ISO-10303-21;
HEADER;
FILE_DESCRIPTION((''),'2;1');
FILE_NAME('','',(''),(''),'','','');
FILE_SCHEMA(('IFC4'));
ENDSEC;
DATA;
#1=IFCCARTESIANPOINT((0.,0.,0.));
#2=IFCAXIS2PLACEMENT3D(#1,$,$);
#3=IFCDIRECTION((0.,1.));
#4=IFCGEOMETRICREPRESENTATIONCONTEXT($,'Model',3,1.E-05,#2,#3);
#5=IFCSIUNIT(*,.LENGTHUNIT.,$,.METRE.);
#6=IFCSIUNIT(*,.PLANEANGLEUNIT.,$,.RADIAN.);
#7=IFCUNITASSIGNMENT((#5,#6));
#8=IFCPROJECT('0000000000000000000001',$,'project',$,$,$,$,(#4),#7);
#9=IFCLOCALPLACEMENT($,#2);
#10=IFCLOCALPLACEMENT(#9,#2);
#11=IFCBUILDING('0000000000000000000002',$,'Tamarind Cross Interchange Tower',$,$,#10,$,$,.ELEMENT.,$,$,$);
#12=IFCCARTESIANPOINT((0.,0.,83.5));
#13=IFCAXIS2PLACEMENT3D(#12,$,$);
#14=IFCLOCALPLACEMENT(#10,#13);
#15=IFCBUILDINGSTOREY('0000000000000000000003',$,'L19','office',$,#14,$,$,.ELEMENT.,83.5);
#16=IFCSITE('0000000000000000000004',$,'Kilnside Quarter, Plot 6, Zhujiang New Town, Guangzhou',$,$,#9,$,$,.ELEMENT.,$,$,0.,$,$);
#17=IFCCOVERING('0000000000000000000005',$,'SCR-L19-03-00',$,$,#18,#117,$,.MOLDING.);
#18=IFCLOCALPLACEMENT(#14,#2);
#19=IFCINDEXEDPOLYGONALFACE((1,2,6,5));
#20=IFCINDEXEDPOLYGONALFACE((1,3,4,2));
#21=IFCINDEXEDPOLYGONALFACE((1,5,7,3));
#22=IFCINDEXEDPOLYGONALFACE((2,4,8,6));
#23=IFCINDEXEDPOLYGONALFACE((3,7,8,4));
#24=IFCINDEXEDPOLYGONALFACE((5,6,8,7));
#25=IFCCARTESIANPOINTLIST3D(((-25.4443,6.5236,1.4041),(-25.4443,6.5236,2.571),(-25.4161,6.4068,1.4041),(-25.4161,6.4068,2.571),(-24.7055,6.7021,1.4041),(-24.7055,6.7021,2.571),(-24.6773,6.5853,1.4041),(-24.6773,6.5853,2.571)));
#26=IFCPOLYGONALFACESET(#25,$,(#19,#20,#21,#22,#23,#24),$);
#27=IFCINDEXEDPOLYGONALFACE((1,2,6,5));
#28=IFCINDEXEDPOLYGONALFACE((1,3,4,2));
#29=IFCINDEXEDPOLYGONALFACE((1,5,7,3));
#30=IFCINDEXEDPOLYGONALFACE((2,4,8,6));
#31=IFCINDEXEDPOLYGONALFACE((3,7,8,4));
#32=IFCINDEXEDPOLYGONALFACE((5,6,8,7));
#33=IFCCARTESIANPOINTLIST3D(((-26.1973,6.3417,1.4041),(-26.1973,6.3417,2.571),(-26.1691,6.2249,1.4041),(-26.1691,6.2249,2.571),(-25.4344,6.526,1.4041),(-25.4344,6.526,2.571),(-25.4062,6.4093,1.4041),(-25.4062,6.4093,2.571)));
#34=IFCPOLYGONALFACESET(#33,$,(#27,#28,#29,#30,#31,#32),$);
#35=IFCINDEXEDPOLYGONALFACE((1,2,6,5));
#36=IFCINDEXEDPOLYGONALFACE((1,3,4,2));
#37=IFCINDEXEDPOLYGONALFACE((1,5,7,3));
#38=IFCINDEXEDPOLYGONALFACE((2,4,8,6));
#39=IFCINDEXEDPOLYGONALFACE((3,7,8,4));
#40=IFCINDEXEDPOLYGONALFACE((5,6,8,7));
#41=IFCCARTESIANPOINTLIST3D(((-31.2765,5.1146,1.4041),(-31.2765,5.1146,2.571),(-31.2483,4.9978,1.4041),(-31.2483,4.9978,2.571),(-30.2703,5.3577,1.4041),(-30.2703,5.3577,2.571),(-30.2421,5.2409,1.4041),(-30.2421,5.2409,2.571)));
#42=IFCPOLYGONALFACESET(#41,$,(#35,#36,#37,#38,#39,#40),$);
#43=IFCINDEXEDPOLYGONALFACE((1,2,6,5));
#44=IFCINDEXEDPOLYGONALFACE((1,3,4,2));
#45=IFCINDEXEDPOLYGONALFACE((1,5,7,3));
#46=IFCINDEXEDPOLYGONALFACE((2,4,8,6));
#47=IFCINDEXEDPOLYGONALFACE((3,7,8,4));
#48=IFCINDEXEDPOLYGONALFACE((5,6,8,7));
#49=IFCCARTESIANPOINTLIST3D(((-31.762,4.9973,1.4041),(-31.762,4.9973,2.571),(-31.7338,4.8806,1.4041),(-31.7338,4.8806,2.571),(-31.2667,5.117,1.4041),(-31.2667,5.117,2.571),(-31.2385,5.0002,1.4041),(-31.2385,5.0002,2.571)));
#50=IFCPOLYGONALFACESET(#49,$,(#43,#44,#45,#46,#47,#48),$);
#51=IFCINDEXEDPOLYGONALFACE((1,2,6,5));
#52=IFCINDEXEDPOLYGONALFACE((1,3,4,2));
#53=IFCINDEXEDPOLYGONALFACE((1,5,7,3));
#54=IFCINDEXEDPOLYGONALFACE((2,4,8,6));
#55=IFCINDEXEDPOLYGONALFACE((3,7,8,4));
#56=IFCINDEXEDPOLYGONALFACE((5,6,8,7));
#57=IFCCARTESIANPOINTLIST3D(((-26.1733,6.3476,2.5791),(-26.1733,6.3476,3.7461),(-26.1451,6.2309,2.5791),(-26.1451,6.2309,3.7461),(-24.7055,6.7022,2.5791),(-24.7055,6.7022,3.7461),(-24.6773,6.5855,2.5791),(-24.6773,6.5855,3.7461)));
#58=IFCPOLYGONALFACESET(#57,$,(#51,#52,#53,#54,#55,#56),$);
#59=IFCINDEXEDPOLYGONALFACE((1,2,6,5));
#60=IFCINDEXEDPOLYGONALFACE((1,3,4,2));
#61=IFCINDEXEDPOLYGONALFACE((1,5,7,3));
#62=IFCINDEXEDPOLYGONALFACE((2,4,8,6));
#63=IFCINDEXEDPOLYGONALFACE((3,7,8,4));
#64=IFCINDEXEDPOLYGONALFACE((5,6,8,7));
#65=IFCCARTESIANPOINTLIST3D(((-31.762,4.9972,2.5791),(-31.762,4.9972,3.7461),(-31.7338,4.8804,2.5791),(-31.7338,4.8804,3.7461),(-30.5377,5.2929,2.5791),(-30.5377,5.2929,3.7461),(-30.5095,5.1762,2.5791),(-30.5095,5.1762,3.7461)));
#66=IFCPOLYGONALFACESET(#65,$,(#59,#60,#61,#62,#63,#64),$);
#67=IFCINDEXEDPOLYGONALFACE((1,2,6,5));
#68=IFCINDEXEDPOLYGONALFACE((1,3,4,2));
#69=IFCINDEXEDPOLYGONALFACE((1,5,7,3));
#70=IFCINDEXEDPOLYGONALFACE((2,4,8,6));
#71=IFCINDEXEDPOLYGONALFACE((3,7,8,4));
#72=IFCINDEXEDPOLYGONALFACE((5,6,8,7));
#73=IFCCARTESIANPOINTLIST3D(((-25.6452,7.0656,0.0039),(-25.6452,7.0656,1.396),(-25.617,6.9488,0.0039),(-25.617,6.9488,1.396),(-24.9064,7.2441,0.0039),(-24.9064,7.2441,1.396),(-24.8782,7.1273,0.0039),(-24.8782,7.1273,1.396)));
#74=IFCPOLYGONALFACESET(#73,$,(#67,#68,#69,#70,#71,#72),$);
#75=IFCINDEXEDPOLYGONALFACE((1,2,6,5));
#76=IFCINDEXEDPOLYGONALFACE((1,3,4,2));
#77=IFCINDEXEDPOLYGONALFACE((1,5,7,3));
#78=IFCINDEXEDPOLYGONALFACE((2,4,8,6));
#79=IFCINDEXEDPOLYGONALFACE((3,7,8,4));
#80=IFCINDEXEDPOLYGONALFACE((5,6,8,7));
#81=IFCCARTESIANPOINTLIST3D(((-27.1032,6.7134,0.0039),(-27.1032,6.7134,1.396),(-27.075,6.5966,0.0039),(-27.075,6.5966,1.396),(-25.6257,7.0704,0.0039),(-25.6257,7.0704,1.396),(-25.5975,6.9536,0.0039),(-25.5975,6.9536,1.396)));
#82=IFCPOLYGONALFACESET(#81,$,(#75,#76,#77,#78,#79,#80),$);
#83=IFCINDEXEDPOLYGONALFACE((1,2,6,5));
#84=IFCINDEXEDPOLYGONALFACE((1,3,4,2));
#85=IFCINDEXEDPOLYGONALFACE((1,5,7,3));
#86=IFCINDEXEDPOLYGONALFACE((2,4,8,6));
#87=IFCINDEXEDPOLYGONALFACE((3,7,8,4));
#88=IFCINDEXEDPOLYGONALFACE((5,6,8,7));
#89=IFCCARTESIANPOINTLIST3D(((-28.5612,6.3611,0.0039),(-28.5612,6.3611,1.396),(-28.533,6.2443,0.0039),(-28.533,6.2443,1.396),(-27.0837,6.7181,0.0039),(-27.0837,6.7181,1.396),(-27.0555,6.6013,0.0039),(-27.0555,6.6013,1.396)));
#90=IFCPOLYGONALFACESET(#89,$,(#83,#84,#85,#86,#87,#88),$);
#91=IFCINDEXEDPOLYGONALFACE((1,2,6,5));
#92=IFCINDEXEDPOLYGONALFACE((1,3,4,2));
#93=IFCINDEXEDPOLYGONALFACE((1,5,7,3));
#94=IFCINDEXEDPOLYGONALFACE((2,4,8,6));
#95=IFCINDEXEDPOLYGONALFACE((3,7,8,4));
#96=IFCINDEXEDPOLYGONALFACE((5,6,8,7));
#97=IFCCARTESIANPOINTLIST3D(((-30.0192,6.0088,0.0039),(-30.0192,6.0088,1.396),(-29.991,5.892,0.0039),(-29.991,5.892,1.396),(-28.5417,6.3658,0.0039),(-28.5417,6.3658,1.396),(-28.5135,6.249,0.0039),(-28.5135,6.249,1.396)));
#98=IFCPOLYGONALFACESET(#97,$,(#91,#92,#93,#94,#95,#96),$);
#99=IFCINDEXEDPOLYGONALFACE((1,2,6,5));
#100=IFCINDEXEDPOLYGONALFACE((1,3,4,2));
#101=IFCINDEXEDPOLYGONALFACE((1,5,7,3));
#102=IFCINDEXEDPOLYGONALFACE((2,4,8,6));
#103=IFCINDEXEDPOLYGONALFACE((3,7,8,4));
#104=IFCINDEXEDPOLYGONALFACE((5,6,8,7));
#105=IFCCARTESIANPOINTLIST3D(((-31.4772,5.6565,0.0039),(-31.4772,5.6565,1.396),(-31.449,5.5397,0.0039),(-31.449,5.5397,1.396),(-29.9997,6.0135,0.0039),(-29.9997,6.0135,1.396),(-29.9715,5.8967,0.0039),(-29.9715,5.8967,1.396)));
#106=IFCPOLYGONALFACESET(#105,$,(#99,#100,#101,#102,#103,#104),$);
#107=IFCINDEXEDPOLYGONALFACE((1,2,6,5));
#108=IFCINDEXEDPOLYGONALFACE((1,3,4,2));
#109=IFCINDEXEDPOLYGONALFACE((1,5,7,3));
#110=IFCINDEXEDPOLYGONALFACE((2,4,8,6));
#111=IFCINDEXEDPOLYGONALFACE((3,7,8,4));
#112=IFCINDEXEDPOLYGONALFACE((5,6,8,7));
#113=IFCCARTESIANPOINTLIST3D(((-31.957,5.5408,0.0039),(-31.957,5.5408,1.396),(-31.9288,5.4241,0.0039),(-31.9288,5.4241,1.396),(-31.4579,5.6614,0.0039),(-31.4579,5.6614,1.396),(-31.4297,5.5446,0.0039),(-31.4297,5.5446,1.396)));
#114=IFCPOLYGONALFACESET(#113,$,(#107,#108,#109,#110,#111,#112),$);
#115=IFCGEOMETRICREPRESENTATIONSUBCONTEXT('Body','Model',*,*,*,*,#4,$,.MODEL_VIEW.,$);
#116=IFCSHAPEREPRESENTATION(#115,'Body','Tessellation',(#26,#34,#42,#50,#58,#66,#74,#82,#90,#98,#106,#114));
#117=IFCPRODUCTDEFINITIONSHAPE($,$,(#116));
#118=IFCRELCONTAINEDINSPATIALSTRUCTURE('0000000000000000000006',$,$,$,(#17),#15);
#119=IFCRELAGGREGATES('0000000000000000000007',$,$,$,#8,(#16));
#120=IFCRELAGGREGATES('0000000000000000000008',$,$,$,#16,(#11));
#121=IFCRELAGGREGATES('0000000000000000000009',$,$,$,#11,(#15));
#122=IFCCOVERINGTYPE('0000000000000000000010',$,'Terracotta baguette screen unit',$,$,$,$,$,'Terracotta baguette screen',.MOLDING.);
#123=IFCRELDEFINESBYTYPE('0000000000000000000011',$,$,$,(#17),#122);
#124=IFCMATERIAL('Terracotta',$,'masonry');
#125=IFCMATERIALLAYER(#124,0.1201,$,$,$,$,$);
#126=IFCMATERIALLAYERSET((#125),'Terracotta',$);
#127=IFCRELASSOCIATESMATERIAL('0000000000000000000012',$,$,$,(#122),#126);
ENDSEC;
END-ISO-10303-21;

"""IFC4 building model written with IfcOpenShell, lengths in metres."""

from ifc_helpers import new_model, si_unit, direction, frame, origin, origin_2d, place, context, subcontext, project, spatial, rectangle, extrude, material, layer, layer_set, type_object, element, save


model = new_model("IFC4")

# Units and contexts
model_context = context("Model", 3, precision=1e-05, world=origin(), true_north=direction((0.0, 1.0)))
body_context = subcontext(model_context, "Body", "Model", "MODEL_VIEW")
ifc_project = project(units=[si_unit("LENGTHUNIT", "METRE"), si_unit("PLANEANGLEUNIT", "RADIAN")], contexts=[model_context])

# Site, building, storey
site_placement = place(None, origin())
site = spatial("IfcSite", under=ifc_project, at=site_placement, Name="Kilnside Quarter, Plot 6, Zhujiang New Town, Guangzhou", CompositionType="ELEMENT", RefElevation=0.0)
building_placement = place(site_placement, origin())
building = spatial("IfcBuilding", under=site, at=building_placement, Name="Tamarind Cross Interchange Tower", CompositionType="ELEMENT")
storey_placement = place(building_placement, frame((0.0, 0.0, 83.5)))
storey = spatial("IfcBuildingStorey", under=building, at=storey_placement, Name="L19", Description="office", CompositionType="ELEMENT", Elevation=83.5)

# Covering
ifc_material_1 = material(Name="Terracotta", Category="masonry")
ifc_layer_1 = layer(ifc_material_1, 0.1201)
ifc_layer_set_1 = layer_set([ifc_layer_1], Name="Terracotta")
covering_type = type_object("IfcCoveringType", Name="Terracotta baguette screen unit", ElementType="Terracotta baguette screen", PredefinedType="MOLDING", material=ifc_layer_set_1)
covering_1_placement = place(storey_placement, origin())
element("IfcCovering", 1, at=covering_1_placement, inside=storey, type_object=covering_type, Name="SCR-L19-03-00", PredefinedType="MOLDING", context=body_context, shape_type="SweptSolid", body=[
    extrude(rectangle(XDim=0.76, YDim=0.1201, at=origin_2d()), frame((-25.0608, 6.5544, 1.4041), z_axis=(0.0, 0.0, 1.0), x_axis=(-0.972033, -0.234844, 0.0)), (0.0, 0.0, 1.0), 1.167),
    extrude(rectangle(XDim=0.7849, YDim=0.1201, at=origin_2d()), frame((-25.8018, 6.3755, 1.4041), z_axis=(0.0, 0.0, 1.0), x_axis=(-0.972033, -0.234844, 0.0)), (0.0, 0.0, 1.0), 1.167),
    extrude(rectangle(XDim=1.0352, YDim=0.1201, at=origin_2d()), frame((-30.7593, 5.1777, 1.4041), z_axis=(0.0, 0.0, 1.0), x_axis=(-0.972033, -0.234844, 0.0)), (0.0, 0.0, 1.0), 1.167),
    extrude(rectangle(XDim=0.5095, YDim=0.1201, at=origin_2d()), frame((-31.5002, 4.9988, 1.4041), z_axis=(0.0, 0.0, 1.0), x_axis=(-0.972033, -0.234844, 0.0)), (0.0, 0.0, 1.0), 1.167),
    extrude(rectangle(XDim=1.51, YDim=0.1201, at=origin_2d()), frame((-25.4253, 6.4666, 2.5791), z_axis=(0.0, 0.0, 1.0), x_axis=(-0.972033, -0.234844, 0.0)), (0.0, 0.0, 1.0), 1.167),
    extrude(rectangle(XDim=1.2595, YDim=0.1201, at=origin_2d()), frame((-31.1357, 5.0867, 2.5791), z_axis=(0.0, 0.0, 1.0), x_axis=(-0.972033, -0.234844, 0.0)), (0.0, 0.0, 1.0), 1.167),
    extrude(rectangle(XDim=0.76, YDim=0.1201, at=origin_2d()), frame((-25.2617, 7.0964, 0.0039), z_axis=(0.0, 0.0, 1.0), x_axis=(-0.972033, -0.234844, 0.0)), (0.0, 0.0, 1.0), 1.3921),
    extrude(rectangle(XDim=1.52, YDim=0.1201, at=origin_2d()), frame((-26.3503, 6.8335, 0.0039), z_axis=(0.0, 0.0, 1.0), x_axis=(-0.972033, -0.234844, 0.0)), (0.0, 0.0, 1.0), 1.3921),
    extrude(rectangle(XDim=1.52, YDim=0.1201, at=origin_2d()), frame((-27.8083, 6.4812, 0.0039), z_axis=(0.0, 0.0, 1.0), x_axis=(-0.972033, -0.234844, 0.0)), (0.0, 0.0, 1.0), 1.3921),
    extrude(rectangle(XDim=1.52, YDim=0.1201, at=origin_2d()), frame((-29.2664, 6.1289, 0.0039), z_axis=(0.0, 0.0, 1.0), x_axis=(-0.972033, -0.234844, 0.0)), (0.0, 0.0, 1.0), 1.3921),
    extrude(rectangle(XDim=1.52, YDim=0.1201, at=origin_2d()), frame((-30.7244, 5.7766, 0.0039), z_axis=(0.0, 0.0, 1.0), x_axis=(-0.972033, -0.234844, 0.0)), (0.0, 0.0, 1.0), 1.3921),
    extrude(rectangle(XDim=0.5134, YDim=0.1201, at=origin_2d()), frame((-31.6934, 5.5427, 0.0039), z_axis=(0.0, 0.0, 1.0), x_axis=(-0.972033, -0.234844, 0.0)), (0.0, 0.0, 1.0), 1.3921),
])

save(model, "model.ifc")
